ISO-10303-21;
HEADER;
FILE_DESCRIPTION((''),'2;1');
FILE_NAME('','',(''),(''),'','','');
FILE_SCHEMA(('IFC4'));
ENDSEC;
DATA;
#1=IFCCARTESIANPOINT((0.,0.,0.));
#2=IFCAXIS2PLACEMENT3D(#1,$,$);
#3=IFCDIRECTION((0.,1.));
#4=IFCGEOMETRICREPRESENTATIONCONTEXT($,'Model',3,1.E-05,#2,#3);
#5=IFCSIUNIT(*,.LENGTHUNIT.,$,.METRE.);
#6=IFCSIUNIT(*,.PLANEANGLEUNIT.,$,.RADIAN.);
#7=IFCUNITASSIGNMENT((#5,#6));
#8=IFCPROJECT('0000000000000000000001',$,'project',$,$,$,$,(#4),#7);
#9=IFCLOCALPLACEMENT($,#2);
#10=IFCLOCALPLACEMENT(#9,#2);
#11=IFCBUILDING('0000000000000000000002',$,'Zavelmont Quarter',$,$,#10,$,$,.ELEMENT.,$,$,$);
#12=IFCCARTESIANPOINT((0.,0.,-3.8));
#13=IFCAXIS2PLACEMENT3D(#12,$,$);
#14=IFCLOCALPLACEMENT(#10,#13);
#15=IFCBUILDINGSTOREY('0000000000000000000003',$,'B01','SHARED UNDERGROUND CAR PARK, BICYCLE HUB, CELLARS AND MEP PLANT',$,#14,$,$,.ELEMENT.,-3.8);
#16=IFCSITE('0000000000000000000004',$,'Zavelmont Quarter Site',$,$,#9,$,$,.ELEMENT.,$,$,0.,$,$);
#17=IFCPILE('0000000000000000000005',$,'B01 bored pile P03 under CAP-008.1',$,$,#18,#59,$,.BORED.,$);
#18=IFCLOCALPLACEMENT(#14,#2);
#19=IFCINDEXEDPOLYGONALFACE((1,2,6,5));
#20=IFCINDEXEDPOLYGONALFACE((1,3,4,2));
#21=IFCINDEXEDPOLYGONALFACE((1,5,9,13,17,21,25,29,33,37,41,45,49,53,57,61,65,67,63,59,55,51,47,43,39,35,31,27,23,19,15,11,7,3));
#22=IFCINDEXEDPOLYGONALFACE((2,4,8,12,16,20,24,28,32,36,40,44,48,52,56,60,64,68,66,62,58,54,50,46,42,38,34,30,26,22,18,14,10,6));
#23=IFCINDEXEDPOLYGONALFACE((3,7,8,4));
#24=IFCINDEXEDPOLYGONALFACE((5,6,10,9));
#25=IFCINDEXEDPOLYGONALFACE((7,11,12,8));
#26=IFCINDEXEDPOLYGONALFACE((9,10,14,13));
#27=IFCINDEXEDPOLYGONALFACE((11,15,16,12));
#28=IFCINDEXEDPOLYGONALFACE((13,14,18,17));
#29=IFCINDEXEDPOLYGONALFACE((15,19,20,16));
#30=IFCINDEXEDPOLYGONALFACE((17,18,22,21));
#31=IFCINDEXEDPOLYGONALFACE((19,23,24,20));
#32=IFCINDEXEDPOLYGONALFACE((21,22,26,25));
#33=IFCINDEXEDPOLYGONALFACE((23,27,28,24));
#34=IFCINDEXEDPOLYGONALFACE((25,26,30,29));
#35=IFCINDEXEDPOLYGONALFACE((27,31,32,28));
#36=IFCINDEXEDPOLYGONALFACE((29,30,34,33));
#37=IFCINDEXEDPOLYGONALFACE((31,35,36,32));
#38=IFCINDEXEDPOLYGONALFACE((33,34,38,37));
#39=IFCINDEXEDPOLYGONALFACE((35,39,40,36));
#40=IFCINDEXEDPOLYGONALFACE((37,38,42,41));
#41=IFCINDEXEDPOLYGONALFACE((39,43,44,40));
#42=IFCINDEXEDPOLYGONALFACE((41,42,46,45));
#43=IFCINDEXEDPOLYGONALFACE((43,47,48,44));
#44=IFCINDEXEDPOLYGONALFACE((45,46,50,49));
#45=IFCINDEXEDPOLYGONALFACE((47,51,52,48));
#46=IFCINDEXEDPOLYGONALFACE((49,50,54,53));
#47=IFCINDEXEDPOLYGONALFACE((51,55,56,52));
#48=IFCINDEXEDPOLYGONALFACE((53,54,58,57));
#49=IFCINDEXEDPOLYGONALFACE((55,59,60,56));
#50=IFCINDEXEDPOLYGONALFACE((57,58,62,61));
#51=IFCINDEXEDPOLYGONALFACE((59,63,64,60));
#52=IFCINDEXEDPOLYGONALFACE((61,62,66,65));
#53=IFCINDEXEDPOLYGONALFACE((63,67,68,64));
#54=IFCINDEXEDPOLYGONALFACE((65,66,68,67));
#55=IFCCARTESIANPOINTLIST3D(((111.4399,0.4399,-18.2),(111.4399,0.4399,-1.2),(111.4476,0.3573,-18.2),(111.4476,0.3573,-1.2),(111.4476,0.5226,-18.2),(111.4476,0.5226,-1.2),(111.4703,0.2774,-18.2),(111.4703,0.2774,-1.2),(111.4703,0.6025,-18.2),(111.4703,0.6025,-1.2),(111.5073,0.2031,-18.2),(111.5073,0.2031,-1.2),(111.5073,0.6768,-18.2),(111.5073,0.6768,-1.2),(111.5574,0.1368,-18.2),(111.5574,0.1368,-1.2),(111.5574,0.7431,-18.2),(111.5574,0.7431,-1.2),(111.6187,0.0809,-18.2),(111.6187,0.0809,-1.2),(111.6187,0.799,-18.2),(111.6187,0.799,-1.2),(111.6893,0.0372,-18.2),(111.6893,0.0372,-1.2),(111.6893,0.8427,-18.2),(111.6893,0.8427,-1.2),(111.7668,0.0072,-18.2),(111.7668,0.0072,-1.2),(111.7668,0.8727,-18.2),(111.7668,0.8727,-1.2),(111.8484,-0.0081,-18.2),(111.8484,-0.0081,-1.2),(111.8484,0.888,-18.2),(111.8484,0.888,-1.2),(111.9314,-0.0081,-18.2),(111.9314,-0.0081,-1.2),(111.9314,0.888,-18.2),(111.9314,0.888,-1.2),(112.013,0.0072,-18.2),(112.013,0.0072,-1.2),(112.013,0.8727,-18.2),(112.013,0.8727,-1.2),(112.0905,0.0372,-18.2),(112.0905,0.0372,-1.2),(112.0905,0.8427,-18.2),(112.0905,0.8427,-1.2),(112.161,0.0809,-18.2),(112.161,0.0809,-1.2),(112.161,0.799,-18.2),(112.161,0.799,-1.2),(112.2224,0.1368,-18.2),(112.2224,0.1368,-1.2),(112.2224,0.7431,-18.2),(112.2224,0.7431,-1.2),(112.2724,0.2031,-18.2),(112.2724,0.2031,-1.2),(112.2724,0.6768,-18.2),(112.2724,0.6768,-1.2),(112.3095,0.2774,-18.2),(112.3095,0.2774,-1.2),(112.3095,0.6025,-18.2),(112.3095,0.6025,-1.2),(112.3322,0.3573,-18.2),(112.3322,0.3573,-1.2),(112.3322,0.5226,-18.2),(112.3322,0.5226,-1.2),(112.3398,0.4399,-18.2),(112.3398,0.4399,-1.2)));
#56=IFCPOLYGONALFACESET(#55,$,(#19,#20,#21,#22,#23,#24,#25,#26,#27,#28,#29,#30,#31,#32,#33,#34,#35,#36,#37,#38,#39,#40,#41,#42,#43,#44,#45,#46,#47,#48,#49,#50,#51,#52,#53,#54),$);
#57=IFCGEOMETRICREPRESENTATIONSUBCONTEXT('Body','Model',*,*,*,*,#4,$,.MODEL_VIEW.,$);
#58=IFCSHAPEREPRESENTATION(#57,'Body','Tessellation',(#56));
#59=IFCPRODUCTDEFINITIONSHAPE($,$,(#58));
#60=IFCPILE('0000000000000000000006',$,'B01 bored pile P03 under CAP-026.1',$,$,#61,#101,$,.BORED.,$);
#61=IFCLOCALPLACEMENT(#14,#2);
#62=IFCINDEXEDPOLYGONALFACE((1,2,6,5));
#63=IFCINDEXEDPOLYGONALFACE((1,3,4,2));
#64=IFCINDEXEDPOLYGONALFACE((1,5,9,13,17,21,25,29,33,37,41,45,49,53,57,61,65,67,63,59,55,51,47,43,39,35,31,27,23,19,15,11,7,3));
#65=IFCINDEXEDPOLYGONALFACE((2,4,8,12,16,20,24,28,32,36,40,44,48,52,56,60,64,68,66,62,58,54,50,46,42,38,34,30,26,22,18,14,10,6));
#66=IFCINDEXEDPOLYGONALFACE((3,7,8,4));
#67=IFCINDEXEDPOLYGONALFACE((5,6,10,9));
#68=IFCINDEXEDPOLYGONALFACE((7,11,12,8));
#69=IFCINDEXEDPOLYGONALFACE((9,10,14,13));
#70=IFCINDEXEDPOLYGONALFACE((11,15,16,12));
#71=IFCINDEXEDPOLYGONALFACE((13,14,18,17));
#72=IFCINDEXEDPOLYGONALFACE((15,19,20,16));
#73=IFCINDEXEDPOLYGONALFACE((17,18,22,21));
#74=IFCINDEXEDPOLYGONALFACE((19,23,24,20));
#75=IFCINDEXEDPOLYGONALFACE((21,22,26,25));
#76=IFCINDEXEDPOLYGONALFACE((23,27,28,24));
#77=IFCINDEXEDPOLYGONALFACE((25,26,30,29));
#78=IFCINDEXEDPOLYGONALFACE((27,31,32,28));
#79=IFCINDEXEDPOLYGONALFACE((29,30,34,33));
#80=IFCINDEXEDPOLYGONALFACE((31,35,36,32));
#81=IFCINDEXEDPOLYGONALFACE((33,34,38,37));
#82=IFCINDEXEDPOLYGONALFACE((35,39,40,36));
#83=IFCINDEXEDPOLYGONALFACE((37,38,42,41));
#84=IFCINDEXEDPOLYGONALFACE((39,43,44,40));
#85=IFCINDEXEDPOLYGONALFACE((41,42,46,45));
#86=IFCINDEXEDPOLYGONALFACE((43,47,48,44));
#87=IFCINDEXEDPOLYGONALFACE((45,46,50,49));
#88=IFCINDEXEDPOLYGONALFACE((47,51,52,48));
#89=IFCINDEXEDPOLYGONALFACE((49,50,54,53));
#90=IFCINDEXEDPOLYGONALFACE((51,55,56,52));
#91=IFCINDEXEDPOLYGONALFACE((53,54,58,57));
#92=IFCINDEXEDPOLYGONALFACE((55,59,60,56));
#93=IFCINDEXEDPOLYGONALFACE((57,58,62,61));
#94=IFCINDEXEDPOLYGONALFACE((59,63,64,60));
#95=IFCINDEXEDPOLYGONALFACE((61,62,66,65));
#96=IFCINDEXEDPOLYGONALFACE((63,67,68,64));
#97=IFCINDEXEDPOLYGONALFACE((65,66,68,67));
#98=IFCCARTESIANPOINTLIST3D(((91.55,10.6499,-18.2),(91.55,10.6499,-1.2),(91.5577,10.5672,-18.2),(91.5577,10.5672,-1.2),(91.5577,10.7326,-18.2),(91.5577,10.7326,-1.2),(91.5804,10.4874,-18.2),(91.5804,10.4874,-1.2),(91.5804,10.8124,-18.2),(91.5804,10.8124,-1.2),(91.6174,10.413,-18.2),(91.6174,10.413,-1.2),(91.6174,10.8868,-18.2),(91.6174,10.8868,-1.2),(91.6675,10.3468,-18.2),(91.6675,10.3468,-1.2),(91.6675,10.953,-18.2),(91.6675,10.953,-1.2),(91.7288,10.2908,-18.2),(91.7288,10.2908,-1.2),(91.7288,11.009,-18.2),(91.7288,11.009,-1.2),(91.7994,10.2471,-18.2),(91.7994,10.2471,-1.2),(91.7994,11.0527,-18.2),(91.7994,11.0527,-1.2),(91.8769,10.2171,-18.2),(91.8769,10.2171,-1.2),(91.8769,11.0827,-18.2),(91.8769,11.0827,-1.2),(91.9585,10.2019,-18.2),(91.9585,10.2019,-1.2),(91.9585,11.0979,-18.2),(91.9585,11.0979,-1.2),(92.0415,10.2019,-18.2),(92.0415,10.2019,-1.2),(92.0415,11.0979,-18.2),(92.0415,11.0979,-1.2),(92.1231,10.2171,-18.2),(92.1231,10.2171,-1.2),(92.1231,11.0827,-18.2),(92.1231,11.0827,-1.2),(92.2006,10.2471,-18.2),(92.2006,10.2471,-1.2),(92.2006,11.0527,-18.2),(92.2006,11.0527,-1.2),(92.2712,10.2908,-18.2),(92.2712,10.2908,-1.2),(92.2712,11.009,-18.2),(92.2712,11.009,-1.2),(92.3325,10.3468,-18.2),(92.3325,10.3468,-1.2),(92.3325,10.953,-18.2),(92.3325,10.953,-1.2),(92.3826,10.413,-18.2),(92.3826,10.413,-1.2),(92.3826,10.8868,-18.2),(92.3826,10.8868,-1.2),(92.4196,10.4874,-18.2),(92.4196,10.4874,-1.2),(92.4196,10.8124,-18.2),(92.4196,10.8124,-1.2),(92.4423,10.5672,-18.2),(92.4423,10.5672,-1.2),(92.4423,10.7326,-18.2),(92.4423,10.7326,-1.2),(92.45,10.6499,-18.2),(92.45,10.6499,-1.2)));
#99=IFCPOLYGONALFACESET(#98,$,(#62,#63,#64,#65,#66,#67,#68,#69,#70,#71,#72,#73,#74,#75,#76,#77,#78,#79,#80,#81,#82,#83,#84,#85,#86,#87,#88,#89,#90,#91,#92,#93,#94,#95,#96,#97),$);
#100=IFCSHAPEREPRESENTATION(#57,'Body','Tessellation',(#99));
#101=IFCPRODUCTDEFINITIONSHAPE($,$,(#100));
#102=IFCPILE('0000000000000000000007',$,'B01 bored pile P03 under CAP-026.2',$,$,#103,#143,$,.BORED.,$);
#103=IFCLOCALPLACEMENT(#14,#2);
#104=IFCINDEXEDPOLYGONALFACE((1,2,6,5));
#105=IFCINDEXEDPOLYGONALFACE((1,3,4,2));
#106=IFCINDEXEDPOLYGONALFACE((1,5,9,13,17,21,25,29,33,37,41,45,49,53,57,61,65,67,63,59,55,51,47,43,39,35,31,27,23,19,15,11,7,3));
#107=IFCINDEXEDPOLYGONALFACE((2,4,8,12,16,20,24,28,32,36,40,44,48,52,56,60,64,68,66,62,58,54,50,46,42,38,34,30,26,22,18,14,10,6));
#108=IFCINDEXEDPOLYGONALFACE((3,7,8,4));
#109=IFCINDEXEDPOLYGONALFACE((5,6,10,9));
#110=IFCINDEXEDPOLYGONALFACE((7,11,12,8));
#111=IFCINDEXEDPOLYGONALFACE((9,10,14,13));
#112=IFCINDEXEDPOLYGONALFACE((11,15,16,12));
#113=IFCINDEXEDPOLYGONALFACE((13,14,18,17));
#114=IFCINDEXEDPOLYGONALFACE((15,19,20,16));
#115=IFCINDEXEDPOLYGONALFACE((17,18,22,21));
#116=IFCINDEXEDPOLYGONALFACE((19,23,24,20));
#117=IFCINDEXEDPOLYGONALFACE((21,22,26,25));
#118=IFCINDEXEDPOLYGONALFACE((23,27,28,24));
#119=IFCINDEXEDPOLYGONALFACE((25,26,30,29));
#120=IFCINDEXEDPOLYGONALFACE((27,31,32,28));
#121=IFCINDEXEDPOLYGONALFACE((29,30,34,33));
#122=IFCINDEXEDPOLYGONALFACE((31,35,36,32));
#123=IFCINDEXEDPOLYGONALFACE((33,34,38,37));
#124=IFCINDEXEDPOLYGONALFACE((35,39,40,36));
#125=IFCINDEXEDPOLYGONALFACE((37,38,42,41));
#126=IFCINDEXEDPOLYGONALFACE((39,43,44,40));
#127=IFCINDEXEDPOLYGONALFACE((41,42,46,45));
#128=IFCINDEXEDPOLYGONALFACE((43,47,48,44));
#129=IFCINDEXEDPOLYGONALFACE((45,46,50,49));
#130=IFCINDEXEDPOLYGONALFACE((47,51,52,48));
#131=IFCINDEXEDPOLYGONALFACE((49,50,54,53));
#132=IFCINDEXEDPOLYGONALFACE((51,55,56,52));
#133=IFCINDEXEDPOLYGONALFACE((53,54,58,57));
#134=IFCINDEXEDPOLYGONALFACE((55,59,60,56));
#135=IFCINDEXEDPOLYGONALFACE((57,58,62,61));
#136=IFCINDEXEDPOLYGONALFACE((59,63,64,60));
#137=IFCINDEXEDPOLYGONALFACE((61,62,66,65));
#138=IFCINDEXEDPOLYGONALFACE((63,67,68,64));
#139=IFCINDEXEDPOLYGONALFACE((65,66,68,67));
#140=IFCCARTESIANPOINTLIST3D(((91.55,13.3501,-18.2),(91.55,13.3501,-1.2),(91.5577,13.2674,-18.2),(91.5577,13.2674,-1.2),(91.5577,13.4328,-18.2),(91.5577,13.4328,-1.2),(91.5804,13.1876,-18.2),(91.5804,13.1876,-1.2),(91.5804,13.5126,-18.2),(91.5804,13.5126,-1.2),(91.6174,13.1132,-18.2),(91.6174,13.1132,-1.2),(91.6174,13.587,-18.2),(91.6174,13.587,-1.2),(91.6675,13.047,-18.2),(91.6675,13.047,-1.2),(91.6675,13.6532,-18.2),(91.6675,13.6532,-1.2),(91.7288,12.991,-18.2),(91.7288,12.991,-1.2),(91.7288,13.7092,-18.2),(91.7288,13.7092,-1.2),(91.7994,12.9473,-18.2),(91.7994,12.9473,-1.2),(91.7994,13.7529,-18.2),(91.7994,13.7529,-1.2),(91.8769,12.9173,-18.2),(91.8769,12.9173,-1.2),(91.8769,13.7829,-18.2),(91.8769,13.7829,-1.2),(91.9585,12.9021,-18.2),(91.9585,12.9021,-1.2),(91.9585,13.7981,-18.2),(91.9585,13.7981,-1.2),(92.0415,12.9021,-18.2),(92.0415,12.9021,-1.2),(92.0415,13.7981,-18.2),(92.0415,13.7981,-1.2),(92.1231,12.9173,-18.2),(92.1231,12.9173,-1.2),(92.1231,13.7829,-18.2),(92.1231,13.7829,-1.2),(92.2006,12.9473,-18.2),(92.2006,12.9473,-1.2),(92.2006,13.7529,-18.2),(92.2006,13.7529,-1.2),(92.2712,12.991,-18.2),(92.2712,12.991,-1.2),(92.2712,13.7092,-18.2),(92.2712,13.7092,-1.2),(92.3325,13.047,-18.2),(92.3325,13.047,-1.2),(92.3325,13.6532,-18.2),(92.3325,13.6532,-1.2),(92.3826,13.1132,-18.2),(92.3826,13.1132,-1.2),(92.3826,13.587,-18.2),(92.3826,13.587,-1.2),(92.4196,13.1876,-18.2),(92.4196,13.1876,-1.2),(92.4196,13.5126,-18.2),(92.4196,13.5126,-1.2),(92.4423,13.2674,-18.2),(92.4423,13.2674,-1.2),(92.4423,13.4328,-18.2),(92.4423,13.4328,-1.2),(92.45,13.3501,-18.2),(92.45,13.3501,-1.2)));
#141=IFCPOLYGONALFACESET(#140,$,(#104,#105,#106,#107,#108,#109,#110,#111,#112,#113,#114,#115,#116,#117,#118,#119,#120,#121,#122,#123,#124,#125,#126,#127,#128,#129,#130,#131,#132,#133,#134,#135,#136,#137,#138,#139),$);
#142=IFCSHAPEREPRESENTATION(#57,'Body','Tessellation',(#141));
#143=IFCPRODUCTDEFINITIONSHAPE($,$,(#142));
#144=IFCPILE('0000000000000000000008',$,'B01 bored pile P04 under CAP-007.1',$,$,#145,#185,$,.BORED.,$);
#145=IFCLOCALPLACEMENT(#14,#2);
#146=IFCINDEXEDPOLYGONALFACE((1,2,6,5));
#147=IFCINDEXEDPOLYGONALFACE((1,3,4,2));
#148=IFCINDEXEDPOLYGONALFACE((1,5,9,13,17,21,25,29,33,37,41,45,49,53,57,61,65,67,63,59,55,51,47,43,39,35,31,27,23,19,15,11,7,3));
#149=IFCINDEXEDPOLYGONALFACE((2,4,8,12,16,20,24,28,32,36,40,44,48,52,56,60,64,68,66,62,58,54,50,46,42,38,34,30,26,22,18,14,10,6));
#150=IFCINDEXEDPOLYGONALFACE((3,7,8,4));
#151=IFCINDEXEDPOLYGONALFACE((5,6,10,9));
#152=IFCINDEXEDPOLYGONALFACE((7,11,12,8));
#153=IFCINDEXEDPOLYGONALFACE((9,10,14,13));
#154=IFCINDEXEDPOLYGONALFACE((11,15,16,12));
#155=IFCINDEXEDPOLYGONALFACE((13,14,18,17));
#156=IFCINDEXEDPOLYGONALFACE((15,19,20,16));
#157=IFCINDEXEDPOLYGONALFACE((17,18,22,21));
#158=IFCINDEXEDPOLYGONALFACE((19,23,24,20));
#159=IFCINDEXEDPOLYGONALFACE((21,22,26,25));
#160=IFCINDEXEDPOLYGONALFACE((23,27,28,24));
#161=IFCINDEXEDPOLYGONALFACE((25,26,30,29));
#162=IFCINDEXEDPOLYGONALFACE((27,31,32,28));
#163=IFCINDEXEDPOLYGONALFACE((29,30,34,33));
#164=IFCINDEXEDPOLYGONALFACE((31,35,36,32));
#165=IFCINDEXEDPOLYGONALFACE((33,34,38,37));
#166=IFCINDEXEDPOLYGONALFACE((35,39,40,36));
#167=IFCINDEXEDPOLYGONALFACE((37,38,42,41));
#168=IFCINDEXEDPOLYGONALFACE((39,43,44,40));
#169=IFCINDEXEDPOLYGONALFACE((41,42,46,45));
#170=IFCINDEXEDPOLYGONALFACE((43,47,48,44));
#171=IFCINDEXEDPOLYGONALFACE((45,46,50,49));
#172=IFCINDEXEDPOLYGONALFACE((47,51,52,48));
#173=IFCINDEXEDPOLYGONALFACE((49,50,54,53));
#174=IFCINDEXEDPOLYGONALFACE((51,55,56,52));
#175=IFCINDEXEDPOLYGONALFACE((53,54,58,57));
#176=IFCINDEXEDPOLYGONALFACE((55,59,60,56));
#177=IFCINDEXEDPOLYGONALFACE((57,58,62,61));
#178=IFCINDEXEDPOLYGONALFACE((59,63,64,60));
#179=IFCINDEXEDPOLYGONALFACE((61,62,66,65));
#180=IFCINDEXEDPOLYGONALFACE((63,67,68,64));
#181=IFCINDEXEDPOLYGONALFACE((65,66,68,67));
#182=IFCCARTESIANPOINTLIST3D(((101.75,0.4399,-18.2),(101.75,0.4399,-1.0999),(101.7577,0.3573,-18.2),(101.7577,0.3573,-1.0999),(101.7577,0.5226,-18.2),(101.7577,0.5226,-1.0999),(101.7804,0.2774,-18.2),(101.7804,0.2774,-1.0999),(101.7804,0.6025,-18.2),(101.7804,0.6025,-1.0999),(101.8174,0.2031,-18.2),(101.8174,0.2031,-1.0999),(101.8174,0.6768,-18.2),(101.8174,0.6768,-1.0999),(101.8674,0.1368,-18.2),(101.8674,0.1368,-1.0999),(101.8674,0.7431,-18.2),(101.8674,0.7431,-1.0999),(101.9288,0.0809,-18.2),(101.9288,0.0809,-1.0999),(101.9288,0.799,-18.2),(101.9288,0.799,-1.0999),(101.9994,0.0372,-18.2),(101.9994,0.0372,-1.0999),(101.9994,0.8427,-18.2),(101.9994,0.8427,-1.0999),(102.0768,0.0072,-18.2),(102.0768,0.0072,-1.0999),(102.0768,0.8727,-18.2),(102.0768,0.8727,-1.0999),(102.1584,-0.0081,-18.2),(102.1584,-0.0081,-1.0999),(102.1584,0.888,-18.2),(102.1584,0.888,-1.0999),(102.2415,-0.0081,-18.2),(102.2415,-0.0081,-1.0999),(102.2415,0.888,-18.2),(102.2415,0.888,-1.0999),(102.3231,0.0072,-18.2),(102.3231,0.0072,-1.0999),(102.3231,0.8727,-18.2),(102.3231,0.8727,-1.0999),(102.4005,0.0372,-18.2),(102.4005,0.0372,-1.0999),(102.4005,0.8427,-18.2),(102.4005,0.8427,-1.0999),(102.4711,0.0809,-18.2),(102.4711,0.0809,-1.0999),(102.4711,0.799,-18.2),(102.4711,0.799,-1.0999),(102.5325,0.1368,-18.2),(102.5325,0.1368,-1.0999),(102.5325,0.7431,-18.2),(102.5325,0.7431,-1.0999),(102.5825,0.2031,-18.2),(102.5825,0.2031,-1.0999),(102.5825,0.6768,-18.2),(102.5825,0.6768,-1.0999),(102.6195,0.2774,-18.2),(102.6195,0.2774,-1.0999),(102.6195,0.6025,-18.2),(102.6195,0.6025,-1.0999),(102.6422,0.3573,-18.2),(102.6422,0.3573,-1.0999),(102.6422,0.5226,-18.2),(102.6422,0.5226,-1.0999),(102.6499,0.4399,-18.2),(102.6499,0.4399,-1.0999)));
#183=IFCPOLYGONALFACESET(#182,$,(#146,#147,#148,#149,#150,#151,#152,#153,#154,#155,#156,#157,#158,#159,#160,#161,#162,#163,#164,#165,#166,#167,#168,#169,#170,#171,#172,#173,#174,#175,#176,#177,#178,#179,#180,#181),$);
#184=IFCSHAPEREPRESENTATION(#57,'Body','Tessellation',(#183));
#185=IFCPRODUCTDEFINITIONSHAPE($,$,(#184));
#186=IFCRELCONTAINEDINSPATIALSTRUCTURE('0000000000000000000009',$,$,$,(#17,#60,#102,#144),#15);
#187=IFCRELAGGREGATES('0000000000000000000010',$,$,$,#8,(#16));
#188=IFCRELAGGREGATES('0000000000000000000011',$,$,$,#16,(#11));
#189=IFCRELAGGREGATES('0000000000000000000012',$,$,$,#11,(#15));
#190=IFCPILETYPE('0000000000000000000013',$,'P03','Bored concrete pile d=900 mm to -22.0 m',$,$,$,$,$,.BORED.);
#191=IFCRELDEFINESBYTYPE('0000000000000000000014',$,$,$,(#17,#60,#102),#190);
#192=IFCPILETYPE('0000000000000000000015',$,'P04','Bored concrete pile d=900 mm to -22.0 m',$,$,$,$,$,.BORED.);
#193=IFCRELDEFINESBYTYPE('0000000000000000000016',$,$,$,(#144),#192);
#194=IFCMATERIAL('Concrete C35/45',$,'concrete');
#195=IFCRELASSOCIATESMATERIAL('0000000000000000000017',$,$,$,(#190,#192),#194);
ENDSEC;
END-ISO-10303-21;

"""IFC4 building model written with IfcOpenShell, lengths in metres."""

from ifc_helpers import new_model, si_unit, direction, frame, origin, origin_2d, place, context, subcontext, project, spatial, circle, extrude, material, material_profile, profile_set, type_object, element, save


model = new_model("IFC4")

# Units and contexts
model_context = context("Model", 3, precision=1e-05, world=origin(), true_north=direction((0.0, 1.0)))
body_context = subcontext(model_context, "Body", "Model", "MODEL_VIEW")
ifc_project = project(units=[si_unit("LENGTHUNIT", "METRE"), si_unit("PLANEANGLEUNIT", "RADIAN")], contexts=[model_context])

# Site, building, storey
site_placement = place(None, origin())
site = spatial("IfcSite", under=ifc_project, at=site_placement, Name="Zavelmont Quarter Site", CompositionType="ELEMENT", RefElevation=0.0)
building_placement = place(site_placement, origin())
building = spatial("IfcBuilding", under=site, at=building_placement, Name="Zavelmont Quarter", CompositionType="ELEMENT")
storey_placement = place(building_placement, frame((0.0, 0.0, -3.8)))
storey = spatial("IfcBuildingStorey", under=building, at=storey_placement, Name="B01", Description="SHARED UNDERGROUND CAR PARK, BICYCLE HUB, CELLARS AND MEP PLANT", CompositionType="ELEMENT", Elevation=-3.8)

# Shared definitions
ifc_material_1 = material(Name="Concrete C35/45", Category="concrete")

# Piles
ifc_material_profile_1 = material_profile(ifc_material_1, circle(Radius=0.45, at=origin_2d()), Name="BP900")
ifc_profile_set_1 = profile_set([ifc_material_profile_1], Name="Concrete C35/45")
pile_type_1 = type_object("IfcPileType", Name="P03", Description="Bored concrete pile d=900 mm to -22.0 m", PredefinedType="BORED", material=ifc_profile_set_1)
for number, where, z_axis, x_axis, name in (
    (1, (111.8899, 0.4399, -1.2), (0.0, 0.0, -1.0), (1.0, 0.0, 0.0), "B01 bored pile P03 under CAP-008.1"),
    (2, (92.0, 10.6499, -1.2), (0.0, 0.0, -1.0), (1.0, 0.0, 0.0), "B01 bored pile P03 under CAP-026.1"),
    (3, (92.0, 13.3501, -1.2), (0.0, 0.0, -1.0), (1.0, 0.0, 0.0), "B01 bored pile P03 under CAP-026.2"),
):
    element("IfcPile", number, at=place(storey_placement, frame(where, z_axis=z_axis, x_axis=x_axis)), inside=storey, type_object=pile_type_1, Name=name, PredefinedType="BORED", context=body_context, shape_type="SweptSolid", body=[
        extrude(circle(Radius=0.45, at=origin_2d()), origin(), (0.0, 0.0, 1.0), 17.0),
    ])
ifc_material_profile_2 = material_profile(ifc_material_1, circle(Radius=0.45, at=origin_2d()), Name="BP900")
ifc_profile_set_2 = profile_set([ifc_material_profile_2], Name="Concrete C35/45")
pile_type_2 = type_object("IfcPileType", Name="P04", Description="Bored concrete pile d=900 mm to -22.0 m", PredefinedType="BORED", material=ifc_profile_set_2)
pile_placement = place(storey_placement, frame((102.2, 0.4399, -1.0999), z_axis=(0.0, 0.0, -1.0), x_axis=(1.0, 0.0, 0.0)))
element("IfcPile", 4, at=pile_placement, inside=storey, type_object=pile_type_2, Name="B01 bored pile P04 under CAP-007.1", PredefinedType="BORED", context=body_context, shape_type="SweptSolid", body=[
    extrude(circle(Radius=0.45, at=origin_2d()), origin(), (0.0, 0.0, 1.0), 17.1001),
])

save(model, "model.ifc")
